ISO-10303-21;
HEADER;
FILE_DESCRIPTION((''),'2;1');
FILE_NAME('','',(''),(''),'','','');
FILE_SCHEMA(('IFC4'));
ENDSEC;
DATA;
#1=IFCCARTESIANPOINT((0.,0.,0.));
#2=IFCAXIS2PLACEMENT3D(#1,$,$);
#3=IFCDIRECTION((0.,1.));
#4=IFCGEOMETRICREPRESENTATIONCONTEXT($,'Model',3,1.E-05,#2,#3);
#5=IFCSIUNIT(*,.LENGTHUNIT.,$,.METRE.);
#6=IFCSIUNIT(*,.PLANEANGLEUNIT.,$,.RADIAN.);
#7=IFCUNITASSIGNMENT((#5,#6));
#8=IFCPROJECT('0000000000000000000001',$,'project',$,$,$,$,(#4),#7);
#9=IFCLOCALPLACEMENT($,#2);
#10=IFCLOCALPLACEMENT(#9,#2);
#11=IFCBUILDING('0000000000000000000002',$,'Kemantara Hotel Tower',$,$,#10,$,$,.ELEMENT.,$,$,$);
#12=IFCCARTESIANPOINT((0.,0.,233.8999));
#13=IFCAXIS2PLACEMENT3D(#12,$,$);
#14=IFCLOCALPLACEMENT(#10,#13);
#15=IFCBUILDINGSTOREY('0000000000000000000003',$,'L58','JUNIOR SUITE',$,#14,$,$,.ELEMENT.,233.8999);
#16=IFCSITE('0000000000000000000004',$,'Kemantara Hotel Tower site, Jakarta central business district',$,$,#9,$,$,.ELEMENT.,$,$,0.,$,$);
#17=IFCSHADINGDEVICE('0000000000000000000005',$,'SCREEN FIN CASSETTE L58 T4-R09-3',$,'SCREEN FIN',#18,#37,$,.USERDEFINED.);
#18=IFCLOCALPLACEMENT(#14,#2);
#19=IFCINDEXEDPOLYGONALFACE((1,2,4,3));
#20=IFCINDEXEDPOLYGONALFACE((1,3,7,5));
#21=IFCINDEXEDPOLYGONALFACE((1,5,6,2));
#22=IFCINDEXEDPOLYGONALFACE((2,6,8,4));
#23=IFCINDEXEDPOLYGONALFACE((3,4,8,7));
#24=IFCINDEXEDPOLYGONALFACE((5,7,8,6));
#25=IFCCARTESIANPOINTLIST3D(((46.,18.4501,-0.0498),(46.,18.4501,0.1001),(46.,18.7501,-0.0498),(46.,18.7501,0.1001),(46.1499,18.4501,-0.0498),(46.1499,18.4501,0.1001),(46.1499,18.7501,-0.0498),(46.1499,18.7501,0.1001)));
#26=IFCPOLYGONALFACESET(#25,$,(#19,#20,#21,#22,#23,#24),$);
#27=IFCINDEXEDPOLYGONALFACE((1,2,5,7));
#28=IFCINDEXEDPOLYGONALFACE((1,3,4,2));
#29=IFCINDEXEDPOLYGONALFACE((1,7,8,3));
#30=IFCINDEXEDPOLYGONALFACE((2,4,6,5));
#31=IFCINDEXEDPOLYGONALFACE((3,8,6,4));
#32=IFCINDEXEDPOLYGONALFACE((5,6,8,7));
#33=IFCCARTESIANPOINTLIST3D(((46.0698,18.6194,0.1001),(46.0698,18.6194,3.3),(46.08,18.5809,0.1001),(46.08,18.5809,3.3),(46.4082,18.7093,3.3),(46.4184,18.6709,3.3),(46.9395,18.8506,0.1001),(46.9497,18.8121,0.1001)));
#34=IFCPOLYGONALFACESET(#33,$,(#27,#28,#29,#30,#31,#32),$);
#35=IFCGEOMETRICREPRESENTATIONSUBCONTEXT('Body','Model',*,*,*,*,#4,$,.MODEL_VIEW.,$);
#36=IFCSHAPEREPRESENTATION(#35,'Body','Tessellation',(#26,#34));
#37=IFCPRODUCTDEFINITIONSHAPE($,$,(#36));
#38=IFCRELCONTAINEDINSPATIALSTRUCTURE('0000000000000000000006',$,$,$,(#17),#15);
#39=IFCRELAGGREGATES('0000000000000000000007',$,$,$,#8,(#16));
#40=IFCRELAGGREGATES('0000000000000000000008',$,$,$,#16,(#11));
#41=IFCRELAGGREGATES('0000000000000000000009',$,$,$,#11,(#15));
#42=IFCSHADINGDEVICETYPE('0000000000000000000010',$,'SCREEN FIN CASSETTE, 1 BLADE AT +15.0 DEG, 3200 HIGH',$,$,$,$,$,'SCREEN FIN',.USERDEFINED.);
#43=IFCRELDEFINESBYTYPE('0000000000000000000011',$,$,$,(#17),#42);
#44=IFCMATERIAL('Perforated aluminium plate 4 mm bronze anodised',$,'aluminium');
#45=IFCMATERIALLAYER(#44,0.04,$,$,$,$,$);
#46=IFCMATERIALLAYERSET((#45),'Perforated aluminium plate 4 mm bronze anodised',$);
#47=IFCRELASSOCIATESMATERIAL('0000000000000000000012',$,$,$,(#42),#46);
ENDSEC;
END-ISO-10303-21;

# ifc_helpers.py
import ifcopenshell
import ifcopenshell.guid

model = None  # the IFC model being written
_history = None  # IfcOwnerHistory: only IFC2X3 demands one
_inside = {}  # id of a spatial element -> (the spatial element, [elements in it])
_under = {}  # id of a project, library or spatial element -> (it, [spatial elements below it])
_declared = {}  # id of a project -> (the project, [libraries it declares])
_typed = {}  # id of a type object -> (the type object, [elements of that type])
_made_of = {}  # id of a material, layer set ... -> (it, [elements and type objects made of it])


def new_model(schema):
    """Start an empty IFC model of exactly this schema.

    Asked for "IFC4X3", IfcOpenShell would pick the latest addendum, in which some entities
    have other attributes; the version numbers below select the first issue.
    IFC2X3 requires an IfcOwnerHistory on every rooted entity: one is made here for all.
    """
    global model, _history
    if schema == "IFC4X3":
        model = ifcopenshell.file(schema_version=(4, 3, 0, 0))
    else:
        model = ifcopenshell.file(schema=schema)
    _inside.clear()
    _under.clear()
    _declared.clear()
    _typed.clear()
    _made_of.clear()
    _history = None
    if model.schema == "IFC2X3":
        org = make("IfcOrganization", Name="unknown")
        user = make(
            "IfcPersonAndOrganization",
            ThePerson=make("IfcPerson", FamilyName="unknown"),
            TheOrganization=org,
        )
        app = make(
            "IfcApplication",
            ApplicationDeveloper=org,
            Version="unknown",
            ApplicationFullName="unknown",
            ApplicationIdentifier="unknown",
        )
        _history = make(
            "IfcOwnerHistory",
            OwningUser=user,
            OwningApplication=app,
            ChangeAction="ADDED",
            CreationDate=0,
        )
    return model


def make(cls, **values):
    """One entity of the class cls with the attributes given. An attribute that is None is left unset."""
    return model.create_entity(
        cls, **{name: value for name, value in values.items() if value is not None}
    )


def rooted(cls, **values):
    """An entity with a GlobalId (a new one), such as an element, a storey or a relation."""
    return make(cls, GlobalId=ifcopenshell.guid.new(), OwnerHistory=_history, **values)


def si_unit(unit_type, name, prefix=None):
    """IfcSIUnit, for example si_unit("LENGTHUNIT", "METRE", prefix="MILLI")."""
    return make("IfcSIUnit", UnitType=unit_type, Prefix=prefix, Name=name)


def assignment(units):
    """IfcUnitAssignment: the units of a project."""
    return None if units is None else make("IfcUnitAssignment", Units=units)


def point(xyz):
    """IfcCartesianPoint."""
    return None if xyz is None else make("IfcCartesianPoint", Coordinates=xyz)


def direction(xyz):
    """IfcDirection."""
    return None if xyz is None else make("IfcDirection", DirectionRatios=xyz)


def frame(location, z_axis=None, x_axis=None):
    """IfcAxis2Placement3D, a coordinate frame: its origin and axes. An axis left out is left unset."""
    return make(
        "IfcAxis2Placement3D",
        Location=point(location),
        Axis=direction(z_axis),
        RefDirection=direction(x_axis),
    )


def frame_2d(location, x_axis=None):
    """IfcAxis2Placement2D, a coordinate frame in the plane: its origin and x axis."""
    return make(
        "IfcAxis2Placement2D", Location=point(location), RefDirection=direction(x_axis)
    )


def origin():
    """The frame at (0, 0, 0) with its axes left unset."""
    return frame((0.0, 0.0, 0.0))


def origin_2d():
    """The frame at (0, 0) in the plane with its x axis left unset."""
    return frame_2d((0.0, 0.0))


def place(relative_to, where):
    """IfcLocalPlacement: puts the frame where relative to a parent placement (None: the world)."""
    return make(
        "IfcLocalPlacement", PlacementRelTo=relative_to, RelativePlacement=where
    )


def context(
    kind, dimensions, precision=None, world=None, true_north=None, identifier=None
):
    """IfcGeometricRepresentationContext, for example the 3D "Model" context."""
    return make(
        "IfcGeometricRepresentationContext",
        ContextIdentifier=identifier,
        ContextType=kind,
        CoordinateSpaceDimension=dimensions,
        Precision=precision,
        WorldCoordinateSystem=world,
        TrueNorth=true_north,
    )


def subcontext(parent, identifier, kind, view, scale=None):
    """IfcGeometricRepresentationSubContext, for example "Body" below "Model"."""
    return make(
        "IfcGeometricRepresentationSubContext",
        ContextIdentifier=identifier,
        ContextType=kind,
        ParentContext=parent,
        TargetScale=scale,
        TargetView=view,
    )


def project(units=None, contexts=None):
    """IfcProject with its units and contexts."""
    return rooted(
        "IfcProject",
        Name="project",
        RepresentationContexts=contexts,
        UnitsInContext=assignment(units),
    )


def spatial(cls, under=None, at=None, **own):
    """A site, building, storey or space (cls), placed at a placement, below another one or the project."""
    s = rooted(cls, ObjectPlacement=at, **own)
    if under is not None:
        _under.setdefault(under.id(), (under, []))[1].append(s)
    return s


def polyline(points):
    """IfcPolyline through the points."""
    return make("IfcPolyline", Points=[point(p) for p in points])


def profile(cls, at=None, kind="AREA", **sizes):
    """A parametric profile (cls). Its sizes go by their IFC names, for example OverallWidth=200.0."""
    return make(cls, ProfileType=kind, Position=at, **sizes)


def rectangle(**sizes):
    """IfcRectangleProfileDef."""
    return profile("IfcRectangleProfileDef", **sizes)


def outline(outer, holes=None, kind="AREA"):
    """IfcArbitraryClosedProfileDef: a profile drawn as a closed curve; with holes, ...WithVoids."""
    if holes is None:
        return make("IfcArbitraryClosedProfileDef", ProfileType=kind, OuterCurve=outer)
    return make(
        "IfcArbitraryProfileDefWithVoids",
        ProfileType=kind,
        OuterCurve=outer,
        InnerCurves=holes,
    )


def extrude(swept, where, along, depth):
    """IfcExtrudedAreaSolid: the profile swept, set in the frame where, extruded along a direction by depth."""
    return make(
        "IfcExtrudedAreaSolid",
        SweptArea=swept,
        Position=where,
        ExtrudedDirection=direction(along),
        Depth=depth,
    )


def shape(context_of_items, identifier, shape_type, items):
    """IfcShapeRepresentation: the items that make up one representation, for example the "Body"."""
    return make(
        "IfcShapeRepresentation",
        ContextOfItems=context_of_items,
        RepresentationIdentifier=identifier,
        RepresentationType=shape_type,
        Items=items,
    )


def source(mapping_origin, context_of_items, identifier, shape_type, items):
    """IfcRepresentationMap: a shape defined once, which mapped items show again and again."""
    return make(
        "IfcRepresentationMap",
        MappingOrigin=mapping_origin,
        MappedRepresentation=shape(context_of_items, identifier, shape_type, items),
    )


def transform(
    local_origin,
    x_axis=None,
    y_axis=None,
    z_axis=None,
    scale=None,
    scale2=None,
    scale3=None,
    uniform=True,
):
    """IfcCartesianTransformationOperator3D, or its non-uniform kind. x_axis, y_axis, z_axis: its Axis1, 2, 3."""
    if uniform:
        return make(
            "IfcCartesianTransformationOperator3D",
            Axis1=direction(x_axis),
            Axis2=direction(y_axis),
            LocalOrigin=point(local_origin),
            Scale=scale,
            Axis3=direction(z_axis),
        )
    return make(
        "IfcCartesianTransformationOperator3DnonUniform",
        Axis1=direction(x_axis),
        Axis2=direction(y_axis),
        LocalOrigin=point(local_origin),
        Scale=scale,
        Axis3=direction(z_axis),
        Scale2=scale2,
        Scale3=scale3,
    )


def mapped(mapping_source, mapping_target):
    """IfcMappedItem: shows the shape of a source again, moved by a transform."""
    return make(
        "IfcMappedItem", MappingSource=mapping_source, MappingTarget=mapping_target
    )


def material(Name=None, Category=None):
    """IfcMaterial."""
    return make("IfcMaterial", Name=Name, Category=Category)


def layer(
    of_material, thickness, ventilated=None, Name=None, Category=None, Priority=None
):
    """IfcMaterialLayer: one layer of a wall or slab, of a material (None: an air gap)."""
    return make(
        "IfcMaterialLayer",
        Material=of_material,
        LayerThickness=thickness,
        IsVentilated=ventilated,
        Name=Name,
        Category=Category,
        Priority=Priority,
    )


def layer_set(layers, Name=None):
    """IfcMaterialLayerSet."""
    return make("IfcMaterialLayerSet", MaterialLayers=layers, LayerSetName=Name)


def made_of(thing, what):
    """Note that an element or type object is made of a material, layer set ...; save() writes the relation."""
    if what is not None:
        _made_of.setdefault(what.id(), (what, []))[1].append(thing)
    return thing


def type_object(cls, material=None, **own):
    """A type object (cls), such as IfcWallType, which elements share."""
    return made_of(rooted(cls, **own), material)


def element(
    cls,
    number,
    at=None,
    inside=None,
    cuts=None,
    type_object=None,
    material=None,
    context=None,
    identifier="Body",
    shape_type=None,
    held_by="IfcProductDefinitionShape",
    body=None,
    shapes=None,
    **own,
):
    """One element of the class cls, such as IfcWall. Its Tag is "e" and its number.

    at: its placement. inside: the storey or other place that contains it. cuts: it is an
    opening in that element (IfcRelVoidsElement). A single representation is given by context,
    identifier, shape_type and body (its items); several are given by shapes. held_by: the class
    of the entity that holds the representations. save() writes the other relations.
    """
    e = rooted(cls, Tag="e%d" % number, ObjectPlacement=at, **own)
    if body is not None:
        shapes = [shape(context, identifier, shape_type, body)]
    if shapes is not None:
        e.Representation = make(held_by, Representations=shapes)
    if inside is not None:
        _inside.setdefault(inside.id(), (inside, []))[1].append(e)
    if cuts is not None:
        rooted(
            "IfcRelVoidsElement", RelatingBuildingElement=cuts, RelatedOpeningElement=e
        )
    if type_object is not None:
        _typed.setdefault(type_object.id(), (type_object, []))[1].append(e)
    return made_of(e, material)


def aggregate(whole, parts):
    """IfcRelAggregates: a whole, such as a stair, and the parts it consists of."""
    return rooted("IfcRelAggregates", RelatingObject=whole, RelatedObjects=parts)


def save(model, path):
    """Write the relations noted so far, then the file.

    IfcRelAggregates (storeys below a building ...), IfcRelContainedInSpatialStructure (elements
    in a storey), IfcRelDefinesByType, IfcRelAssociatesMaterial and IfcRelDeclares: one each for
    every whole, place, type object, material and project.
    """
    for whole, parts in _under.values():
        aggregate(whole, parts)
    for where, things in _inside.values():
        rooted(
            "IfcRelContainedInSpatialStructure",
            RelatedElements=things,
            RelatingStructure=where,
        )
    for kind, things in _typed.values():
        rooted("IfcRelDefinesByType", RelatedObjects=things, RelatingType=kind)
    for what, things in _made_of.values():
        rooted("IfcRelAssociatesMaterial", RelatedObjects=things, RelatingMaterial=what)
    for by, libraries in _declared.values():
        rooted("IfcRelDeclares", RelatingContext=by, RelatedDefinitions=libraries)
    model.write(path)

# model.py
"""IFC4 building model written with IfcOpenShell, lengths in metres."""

from ifc_helpers import new_model, si_unit, direction, frame, origin, origin_2d, place, context, subcontext, project, spatial, polyline, rectangle, outline, extrude, source, transform, mapped, material, layer, layer_set, type_object, element, save


model = new_model("IFC4")

# Units and contexts
model_context = context("Model", 3, precision=1e-05, world=origin(), true_north=direction((0.0, 1.0)))
body_context = subcontext(model_context, "Body", "Model", "MODEL_VIEW")
ifc_project = project(units=[si_unit("LENGTHUNIT", "METRE"), si_unit("PLANEANGLEUNIT", "RADIAN")], contexts=[model_context])

# Site, building, storey
site_placement = place(None, origin())
site = spatial("IfcSite", under=ifc_project, at=site_placement, Name="Kemantara Hotel Tower site, Jakarta central business district", CompositionType="ELEMENT", RefElevation=0.0)
building_placement = place(site_placement, origin())
building = spatial("IfcBuilding", under=site, at=building_placement, Name="Kemantara Hotel Tower", CompositionType="ELEMENT")
storey_placement = place(building_placement, frame((0.0, 0.0, 233.8999)))
storey = spatial("IfcBuildingStorey", under=building, at=storey_placement, Name="L58", Description="JUNIOR SUITE", CompositionType="ELEMENT", Elevation=233.8999)

# Shading device
ifc_material_1 = material(Name="Perforated aluminium plate 4 mm bronze anodised", Category="aluminium")
ifc_layer_1 = layer(ifc_material_1, 0.04)
ifc_layer_set_1 = layer_set([ifc_layer_1], Name="Perforated aluminium plate 4 mm bronze anodised")
shading_device_type_1 = type_object("IfcShadingDeviceType", Name="SCREEN FIN CASSETTE, 1 BLADE AT +15.0 DEG, 3200 HIGH", ElementType="SCREEN FIN", PredefinedType="USERDEFINED", material=ifc_layer_set_1)
shared_shape_1 = source(origin(), body_context, "Body", "SweptSolid", [
    extrude(rectangle(XDim=0.3, YDim=0.1499, at=origin_2d()), frame((0.0, -0.075, -0.1499), z_axis=(0.0, 0.0, 1.0), x_axis=(1.0, 0.0, 0.0)), (0.0, 0.0, 1.0), 0.1499),
    extrude(outline(polyline([(0.0, 0.0), (0.8999, 0.0), (0.3501, 3.2), (0.0, 3.2), (0.0, 0.0)])), frame((0.0193, -0.0698, 0.0), z_axis=(-0.966438, -0.256901, 0.0), x_axis=(0.256901, -0.966438, 0.0)), (0.0, 0.0, 1.0), 0.0398),
])
shading_device_1_placement = place(storey_placement, frame((46.0, 18.6001, 0.1001), z_axis=(0.0, 0.0, 1.0), x_axis=(0.0, 1.0, 0.0)))
element("IfcShadingDevice", 1, at=shading_device_1_placement, inside=storey, type_object=shading_device_type_1, Name="SCREEN FIN CASSETTE L58 T4-R09-3", ObjectType="SCREEN FIN", PredefinedType="USERDEFINED", context=body_context, shape_type="MappedRepresentation", body=[
    mapped(shared_shape_1, transform((0.0, 0.0, 0.0))),
])

save(model, "model.ifc")
